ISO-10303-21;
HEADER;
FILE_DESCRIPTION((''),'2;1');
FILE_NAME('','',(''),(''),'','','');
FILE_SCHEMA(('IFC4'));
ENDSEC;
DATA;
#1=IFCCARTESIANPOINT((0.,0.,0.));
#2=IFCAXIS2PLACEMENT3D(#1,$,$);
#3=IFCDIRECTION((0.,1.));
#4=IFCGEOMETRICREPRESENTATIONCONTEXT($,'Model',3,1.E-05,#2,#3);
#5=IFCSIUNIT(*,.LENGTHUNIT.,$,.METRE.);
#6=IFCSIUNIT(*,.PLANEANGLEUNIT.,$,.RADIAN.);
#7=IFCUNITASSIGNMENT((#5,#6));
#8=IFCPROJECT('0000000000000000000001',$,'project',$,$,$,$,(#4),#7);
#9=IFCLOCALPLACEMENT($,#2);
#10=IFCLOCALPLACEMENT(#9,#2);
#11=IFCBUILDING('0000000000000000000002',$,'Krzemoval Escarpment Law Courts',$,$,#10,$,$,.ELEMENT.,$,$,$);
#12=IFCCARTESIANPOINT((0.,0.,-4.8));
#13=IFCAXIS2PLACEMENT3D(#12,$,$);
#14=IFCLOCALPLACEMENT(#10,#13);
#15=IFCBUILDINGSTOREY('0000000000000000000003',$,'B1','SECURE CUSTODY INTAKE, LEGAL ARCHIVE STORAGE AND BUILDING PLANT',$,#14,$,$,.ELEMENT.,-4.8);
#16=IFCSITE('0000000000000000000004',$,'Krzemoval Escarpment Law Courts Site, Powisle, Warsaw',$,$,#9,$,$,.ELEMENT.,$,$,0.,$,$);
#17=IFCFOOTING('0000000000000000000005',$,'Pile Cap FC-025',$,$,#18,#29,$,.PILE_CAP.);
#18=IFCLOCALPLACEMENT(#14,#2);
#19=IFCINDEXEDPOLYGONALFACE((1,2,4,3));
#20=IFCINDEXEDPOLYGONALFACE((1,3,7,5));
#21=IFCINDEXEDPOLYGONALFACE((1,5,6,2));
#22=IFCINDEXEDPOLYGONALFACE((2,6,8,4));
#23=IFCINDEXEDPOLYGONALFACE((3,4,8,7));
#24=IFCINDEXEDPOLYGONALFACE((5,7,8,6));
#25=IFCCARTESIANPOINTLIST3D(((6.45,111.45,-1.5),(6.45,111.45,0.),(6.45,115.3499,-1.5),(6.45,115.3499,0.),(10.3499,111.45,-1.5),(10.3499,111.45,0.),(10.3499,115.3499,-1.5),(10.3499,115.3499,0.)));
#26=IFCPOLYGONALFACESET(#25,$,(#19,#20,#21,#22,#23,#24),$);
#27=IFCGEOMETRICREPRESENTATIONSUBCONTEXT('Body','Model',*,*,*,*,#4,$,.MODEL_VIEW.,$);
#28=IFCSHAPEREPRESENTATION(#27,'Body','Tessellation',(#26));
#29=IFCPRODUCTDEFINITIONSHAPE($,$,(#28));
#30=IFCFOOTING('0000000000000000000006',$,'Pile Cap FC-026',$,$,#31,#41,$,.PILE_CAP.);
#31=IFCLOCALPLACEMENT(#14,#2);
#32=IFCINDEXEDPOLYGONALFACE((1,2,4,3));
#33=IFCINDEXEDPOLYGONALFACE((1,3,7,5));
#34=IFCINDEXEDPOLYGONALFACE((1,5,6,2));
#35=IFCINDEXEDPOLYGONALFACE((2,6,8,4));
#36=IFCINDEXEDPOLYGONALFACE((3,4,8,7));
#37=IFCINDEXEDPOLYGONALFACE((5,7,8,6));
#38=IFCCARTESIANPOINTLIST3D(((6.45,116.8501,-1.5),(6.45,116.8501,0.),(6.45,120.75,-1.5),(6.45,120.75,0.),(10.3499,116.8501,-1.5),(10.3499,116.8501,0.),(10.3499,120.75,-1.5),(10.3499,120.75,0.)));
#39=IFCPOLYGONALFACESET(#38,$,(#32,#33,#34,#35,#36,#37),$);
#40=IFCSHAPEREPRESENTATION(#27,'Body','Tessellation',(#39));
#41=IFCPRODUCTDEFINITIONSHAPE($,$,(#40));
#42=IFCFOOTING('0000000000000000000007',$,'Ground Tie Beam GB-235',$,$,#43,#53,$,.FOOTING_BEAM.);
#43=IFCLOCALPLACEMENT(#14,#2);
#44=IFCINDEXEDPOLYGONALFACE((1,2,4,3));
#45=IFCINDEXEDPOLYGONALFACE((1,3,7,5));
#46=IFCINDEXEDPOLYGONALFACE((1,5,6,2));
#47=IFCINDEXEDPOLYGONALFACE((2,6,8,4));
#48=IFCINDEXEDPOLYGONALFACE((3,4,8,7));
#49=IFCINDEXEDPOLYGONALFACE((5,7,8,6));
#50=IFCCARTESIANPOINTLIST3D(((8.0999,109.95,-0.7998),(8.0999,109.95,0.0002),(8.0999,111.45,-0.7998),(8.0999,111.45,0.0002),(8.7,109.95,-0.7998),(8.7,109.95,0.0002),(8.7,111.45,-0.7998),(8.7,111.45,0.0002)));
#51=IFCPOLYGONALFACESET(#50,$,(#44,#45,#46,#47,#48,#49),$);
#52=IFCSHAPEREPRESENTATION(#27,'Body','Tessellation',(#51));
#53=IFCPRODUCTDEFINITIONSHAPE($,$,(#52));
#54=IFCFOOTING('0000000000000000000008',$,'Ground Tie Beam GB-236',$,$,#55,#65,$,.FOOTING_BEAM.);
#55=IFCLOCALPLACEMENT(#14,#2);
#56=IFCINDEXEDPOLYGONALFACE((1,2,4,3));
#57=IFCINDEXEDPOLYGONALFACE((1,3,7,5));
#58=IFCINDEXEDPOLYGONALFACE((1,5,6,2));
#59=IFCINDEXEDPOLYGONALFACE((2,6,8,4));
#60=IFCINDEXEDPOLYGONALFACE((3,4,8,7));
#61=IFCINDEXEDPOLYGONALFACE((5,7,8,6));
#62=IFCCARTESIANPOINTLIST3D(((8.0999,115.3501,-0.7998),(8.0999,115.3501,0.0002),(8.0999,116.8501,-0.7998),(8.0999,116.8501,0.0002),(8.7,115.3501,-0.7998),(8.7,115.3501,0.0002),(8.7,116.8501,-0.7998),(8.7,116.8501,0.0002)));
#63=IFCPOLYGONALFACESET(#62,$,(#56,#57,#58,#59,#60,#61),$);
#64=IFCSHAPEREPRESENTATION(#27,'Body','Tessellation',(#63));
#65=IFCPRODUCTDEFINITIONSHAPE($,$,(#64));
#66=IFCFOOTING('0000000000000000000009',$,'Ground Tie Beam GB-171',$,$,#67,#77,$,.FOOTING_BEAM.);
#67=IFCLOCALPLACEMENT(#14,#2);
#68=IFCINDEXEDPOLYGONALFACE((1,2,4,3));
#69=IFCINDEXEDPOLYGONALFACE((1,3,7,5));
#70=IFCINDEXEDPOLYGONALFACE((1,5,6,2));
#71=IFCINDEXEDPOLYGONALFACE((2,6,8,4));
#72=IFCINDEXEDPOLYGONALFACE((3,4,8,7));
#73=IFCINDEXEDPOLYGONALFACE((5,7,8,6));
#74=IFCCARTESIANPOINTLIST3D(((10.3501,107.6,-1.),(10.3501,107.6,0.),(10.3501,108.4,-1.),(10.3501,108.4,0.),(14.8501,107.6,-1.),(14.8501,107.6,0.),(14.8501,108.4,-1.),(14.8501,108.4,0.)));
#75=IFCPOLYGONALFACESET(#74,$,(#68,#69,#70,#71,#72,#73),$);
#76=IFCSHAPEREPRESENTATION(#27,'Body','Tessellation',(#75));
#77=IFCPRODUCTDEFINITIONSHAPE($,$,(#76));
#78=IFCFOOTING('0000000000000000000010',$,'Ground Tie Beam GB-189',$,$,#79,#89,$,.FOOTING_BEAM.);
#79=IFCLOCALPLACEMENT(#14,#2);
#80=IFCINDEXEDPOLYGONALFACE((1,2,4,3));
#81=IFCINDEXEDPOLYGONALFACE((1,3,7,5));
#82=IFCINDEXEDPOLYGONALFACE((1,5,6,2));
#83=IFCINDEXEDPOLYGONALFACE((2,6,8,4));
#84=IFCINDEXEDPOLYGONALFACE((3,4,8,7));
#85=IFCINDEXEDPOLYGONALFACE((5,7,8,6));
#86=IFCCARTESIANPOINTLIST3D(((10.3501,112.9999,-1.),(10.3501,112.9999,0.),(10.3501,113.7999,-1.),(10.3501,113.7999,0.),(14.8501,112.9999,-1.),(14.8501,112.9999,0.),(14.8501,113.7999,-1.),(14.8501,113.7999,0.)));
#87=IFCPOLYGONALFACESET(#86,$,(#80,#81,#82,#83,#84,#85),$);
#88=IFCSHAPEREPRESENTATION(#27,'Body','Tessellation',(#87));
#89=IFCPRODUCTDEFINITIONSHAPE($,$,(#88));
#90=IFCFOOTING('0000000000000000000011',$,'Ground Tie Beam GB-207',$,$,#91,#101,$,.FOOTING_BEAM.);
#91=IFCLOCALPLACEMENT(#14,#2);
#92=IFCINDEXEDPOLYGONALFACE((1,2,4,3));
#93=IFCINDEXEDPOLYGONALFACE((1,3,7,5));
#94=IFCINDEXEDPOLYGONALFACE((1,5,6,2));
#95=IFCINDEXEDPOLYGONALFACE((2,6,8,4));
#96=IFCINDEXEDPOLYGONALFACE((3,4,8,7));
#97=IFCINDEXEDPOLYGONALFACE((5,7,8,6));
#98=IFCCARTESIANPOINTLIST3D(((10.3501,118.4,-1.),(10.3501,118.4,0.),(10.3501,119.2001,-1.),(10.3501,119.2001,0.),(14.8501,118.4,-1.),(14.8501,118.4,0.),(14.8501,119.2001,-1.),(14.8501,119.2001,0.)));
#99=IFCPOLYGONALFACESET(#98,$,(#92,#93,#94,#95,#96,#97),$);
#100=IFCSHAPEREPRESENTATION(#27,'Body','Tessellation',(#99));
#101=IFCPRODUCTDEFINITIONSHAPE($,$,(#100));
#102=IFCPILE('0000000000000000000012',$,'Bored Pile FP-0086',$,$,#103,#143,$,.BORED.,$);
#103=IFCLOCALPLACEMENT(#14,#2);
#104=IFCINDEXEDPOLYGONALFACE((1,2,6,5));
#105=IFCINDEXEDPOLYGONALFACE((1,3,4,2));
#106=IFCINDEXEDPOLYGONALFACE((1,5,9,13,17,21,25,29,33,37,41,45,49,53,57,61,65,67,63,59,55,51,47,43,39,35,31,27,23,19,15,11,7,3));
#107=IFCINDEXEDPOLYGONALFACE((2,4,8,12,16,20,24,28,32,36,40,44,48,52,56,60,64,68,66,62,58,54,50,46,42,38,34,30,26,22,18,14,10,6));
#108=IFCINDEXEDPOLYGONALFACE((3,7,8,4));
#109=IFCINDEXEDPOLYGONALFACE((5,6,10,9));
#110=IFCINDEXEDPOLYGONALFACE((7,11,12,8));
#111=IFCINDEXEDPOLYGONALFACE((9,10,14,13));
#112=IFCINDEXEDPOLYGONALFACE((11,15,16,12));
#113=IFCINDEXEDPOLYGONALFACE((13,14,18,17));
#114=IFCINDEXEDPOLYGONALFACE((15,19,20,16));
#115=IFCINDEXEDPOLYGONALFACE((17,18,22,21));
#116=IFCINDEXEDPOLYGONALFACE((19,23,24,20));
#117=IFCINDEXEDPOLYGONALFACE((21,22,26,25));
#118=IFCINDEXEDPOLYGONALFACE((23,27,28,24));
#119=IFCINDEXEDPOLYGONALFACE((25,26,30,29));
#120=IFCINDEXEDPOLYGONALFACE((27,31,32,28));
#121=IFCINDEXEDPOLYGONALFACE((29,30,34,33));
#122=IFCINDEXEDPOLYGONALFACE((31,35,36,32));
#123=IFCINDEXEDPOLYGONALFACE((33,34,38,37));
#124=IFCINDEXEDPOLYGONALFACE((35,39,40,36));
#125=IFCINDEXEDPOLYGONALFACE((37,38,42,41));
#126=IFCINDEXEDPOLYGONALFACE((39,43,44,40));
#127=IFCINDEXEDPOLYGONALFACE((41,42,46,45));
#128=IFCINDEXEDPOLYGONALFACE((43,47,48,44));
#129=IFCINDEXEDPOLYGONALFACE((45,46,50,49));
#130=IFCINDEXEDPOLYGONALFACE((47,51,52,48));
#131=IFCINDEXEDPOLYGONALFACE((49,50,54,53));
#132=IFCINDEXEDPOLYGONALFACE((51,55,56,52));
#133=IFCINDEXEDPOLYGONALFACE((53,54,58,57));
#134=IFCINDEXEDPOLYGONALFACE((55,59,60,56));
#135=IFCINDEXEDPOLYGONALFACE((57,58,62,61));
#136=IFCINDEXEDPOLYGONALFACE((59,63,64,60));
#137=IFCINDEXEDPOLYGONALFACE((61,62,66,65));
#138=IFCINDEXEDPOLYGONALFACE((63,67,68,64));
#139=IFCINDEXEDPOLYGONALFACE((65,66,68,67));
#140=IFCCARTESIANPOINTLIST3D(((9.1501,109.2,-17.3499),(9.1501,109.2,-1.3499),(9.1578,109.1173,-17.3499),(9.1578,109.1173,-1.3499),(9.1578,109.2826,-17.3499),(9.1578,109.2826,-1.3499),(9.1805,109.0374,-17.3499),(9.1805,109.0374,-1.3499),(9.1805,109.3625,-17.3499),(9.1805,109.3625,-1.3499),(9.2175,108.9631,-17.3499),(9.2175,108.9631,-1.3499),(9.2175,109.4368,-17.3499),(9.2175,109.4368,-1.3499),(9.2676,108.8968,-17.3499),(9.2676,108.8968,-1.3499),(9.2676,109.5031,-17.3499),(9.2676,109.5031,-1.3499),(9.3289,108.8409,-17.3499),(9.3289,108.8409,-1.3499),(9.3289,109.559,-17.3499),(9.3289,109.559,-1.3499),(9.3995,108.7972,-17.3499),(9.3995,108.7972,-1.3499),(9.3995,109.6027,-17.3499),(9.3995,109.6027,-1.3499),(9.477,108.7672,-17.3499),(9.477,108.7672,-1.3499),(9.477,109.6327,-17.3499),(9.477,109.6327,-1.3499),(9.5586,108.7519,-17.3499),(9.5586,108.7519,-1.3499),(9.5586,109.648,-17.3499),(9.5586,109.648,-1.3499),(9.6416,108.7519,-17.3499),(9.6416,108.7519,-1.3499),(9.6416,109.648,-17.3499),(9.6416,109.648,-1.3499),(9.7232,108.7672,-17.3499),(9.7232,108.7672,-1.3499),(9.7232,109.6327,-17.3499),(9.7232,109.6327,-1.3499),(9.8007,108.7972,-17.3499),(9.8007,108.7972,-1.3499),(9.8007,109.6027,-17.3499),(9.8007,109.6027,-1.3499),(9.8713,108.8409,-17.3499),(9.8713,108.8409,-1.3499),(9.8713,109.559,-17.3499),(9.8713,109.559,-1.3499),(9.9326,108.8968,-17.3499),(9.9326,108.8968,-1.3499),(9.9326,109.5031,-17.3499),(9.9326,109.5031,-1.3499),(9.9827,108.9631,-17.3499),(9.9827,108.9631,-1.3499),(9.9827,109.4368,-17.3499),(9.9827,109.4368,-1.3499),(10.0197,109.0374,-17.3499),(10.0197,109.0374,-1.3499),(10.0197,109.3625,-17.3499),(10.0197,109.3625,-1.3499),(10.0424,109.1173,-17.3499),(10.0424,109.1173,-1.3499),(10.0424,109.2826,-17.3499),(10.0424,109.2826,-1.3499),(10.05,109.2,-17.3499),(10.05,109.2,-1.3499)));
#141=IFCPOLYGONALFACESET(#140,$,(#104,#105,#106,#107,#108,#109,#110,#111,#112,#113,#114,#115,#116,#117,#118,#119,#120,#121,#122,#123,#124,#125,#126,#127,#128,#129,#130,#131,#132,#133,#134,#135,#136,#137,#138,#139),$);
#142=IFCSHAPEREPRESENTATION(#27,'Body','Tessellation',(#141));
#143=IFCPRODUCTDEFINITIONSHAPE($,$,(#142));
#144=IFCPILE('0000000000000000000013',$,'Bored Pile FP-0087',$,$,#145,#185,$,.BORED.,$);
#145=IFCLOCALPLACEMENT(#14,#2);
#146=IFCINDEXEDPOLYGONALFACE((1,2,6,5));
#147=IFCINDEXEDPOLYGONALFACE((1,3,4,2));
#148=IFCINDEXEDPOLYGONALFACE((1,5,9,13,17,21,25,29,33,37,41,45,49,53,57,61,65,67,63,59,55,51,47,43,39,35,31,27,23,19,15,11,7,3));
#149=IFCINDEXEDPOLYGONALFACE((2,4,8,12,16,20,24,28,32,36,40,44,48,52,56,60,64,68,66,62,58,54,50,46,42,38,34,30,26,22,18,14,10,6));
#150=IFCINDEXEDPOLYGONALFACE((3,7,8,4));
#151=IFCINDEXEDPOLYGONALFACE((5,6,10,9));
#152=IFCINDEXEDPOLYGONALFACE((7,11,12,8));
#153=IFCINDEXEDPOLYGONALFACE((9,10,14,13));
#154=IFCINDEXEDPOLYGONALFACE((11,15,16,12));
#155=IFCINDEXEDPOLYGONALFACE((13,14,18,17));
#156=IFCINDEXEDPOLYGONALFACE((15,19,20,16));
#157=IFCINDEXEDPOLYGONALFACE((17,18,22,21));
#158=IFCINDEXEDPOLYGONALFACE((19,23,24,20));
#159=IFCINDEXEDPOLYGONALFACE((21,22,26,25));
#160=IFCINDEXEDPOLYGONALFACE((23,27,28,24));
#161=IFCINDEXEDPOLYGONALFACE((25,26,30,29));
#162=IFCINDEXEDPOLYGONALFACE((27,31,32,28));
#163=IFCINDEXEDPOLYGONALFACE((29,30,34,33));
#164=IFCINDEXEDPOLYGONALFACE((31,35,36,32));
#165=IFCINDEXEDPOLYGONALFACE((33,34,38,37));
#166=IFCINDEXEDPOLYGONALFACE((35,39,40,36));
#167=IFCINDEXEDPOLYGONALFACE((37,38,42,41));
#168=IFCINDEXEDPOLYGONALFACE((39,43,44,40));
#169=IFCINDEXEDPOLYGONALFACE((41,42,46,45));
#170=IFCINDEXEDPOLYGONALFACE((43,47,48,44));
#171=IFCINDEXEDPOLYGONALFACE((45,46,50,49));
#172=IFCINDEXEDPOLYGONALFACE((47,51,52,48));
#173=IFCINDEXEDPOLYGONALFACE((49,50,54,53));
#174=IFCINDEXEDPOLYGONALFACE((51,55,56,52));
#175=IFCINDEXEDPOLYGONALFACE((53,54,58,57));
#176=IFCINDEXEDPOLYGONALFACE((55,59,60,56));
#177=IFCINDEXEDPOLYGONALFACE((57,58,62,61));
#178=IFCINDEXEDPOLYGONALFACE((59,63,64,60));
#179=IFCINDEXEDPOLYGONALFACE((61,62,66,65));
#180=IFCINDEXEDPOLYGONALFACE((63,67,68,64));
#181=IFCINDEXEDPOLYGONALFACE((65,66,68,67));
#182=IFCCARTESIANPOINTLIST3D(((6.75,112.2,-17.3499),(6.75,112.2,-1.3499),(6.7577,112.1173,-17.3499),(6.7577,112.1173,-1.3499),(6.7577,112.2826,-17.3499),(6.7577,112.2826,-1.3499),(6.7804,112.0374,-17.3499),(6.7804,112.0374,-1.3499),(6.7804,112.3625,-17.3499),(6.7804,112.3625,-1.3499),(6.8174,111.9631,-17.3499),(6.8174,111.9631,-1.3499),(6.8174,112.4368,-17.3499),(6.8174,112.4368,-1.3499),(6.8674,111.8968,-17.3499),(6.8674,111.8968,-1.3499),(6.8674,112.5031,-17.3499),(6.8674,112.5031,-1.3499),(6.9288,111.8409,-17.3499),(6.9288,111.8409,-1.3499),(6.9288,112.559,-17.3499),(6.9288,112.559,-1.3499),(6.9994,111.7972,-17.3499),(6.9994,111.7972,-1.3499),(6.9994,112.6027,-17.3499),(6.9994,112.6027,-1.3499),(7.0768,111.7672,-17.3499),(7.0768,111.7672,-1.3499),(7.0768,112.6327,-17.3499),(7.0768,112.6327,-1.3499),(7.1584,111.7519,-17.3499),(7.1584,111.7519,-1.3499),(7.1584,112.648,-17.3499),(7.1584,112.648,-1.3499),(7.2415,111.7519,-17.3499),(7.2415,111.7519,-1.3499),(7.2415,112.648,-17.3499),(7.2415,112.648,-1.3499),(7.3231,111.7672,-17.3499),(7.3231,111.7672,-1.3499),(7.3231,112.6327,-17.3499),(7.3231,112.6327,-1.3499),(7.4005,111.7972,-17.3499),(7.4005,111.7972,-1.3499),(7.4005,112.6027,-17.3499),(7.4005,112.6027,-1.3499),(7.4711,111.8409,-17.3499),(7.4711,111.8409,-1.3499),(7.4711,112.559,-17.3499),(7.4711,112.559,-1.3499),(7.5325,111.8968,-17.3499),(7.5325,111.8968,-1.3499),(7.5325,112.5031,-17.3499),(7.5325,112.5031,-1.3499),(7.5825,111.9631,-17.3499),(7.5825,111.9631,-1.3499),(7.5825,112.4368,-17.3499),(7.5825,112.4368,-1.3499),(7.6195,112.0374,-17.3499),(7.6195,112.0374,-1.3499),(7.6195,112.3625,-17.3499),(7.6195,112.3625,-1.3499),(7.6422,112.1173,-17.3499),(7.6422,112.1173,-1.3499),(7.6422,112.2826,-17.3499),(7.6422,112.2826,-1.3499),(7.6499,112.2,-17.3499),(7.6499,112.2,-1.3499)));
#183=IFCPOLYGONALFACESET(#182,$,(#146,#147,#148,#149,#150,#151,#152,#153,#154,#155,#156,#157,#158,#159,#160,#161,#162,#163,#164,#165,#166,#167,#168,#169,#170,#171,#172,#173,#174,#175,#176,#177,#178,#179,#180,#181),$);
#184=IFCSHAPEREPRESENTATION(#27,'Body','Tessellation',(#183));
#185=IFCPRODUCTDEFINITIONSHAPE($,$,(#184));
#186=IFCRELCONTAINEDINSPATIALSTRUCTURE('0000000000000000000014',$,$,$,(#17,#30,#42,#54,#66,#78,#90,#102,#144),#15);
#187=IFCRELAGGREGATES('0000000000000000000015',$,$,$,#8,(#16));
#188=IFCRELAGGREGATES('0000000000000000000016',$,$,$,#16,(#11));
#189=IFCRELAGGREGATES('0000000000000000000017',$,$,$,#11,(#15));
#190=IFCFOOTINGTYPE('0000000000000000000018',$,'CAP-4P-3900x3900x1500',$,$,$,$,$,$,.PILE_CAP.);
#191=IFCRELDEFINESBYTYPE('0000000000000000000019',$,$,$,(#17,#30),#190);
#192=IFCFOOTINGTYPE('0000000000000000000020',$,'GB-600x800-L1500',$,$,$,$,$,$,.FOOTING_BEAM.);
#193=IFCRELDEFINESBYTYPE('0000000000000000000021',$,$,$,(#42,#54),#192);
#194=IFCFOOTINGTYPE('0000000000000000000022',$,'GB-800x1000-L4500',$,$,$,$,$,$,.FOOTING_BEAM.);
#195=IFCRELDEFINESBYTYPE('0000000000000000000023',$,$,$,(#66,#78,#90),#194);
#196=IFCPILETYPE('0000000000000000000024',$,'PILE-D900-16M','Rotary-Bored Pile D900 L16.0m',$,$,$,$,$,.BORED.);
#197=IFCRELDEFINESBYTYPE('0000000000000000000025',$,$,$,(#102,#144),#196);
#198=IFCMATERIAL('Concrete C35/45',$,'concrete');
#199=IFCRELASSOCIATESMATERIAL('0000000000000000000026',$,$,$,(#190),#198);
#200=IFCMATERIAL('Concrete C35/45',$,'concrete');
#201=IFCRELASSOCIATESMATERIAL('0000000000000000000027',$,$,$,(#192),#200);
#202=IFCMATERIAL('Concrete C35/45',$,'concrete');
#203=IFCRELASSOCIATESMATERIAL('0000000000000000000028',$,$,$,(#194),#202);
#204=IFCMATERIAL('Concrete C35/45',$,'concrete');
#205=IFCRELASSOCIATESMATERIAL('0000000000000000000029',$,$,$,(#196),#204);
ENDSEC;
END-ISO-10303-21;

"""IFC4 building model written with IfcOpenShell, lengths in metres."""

from ifc_helpers import new_model, si_unit, direction, frame, origin, origin_2d, place, context, subcontext, project, spatial, rectangle, circle, extrude, material, material_profile, profile_set, type_object, element, save


model = new_model("IFC4")

# Units and contexts
model_context = context("Model", 3, precision=1e-05, world=origin(), true_north=direction((0.0, 1.0)))
body_context = subcontext(model_context, "Body", "Model", "MODEL_VIEW")
ifc_project = project(units=[si_unit("LENGTHUNIT", "METRE"), si_unit("PLANEANGLEUNIT", "RADIAN")], contexts=[model_context])

# Site, building, storey
site_placement = place(None, origin())
site = spatial("IfcSite", under=ifc_project, at=site_placement, Name="Krzemoval Escarpment Law Courts Site, Powisle, Warsaw", CompositionType="ELEMENT", RefElevation=0.0)
building_placement = place(site_placement, origin())
building = spatial("IfcBuilding", under=site, at=building_placement, Name="Krzemoval Escarpment Law Courts", CompositionType="ELEMENT")
storey_placement = place(building_placement, frame((0.0, 0.0, -4.8)))
storey = spatial("IfcBuildingStorey", under=building, at=storey_placement, Name="B1", Description="SECURE CUSTODY INTAKE, LEGAL ARCHIVE STORAGE AND BUILDING PLANT", CompositionType="ELEMENT", Elevation=-4.8)

# Footings
ifc_material_1 = material(Name="Concrete C35/45", Category="concrete")
footing_type_1 = type_object("IfcFootingType", Name="CAP-4P-3900x3900x1500", PredefinedType="PILE_CAP", material=ifc_material_1)
for number, where, z_axis, x_axis, name in (
    (1, (8.3999, 113.3999, -1.5), (0.0, 0.0, 1.0), (1.0, 0.0, 0.0), "Pile Cap FC-025"),
    (2, (8.3999, 118.8, -1.5), (0.0, 0.0, 1.0), (1.0, 0.0, 0.0), "Pile Cap FC-026"),
):
    element("IfcFooting", number, at=place(storey_placement, frame(where, z_axis=z_axis, x_axis=x_axis)), inside=storey, type_object=footing_type_1, Name=name, PredefinedType="PILE_CAP", context=body_context, shape_type="SweptSolid", body=[
        extrude(rectangle(XDim=3.8999, YDim=3.8999, at=origin_2d()), origin(), (0.0, 0.0, 1.0), 1.5),
    ])
ifc_material_2 = material(Name="Concrete C35/45", Category="concrete")
footing_type_2 = type_object("IfcFootingType", Name="GB-600x800-L1500", PredefinedType="FOOTING_BEAM", material=ifc_material_2)
for number, where, z_axis, x_axis, name in (
    (3, (8.3999, 110.7, -0.7998), (0.0, 0.0, 1.0), (0.0, 1.0, 0.0), "Ground Tie Beam GB-235"),
    (4, (8.3999, 116.1001, -0.7998), (0.0, 0.0, 1.0), (0.0, 1.0, 0.0), "Ground Tie Beam GB-236"),
):
    element("IfcFooting", number, at=place(storey_placement, frame(where, z_axis=z_axis, x_axis=x_axis)), inside=storey, type_object=footing_type_2, Name=name, PredefinedType="FOOTING_BEAM", context=body_context, shape_type="SweptSolid", body=[
        extrude(rectangle(XDim=1.5, YDim=0.6001, at=origin_2d()), origin(), (0.0, 0.0, 1.0), 0.8),
    ])
ifc_material_3 = material(Name="Concrete C35/45", Category="concrete")
footing_type_3 = type_object("IfcFootingType", Name="GB-800x1000-L4500", PredefinedType="FOOTING_BEAM", material=ifc_material_3)
for number, where, z_axis, x_axis, name in (
    (5, (12.6001, 108.0, -1.0), (0.0, 0.0, 1.0), (1.0, 0.0, 0.0), "Ground Tie Beam GB-171"),
    (6, (12.6001, 113.3999, -1.0), (0.0, 0.0, 1.0), (1.0, 0.0, 0.0), "Ground Tie Beam GB-189"),
    (7, (12.6001, 118.8, -1.0), (0.0, 0.0, 1.0), (1.0, 0.0, 0.0), "Ground Tie Beam GB-207"),
):
    element("IfcFooting", number, at=place(storey_placement, frame(where, z_axis=z_axis, x_axis=x_axis)), inside=storey, type_object=footing_type_3, Name=name, PredefinedType="FOOTING_BEAM", context=body_context, shape_type="SweptSolid", body=[
        extrude(rectangle(XDim=4.5, YDim=0.8, at=origin_2d()), origin(), (0.0, 0.0, 1.0), 1.0),
    ])

# Piles
ifc_material_4 = material(Name="Concrete C35/45", Category="concrete")
ifc_material_profile_1 = material_profile(ifc_material_4, circle(Radius=0.45, at=origin_2d()), Name="PILE D900")
ifc_profile_set_1 = profile_set([ifc_material_profile_1], Name="Concrete C35/45")
pile_type = type_object("IfcPileType", Name="PILE-D900-16M", Description="Rotary-Bored Pile D900 L16.0m", PredefinedType="BORED", material=ifc_profile_set_1)
for number, where, z_axis, x_axis, name in (
    (8, (9.6001, 109.2, -1.3499), (0.0, 0.0, -1.0), (1.0, 0.0, 0.0), "Bored Pile FP-0086"),
    (9, (7.2, 112.2, -1.3499), (0.0, 0.0, -1.0), (1.0, 0.0, 0.0), "Bored Pile FP-0087"),
):
    element("IfcPile", number, at=place(storey_placement, frame(where, z_axis=z_axis, x_axis=x_axis)), inside=storey, type_object=pile_type, Name=name, PredefinedType="BORED", context=body_context, shape_type="SweptSolid", body=[
        extrude(circle(Radius=0.45, at=origin_2d()), origin(), (0.0, 0.0, 1.0), 16.0),
    ])

save(model, "model.ifc")
